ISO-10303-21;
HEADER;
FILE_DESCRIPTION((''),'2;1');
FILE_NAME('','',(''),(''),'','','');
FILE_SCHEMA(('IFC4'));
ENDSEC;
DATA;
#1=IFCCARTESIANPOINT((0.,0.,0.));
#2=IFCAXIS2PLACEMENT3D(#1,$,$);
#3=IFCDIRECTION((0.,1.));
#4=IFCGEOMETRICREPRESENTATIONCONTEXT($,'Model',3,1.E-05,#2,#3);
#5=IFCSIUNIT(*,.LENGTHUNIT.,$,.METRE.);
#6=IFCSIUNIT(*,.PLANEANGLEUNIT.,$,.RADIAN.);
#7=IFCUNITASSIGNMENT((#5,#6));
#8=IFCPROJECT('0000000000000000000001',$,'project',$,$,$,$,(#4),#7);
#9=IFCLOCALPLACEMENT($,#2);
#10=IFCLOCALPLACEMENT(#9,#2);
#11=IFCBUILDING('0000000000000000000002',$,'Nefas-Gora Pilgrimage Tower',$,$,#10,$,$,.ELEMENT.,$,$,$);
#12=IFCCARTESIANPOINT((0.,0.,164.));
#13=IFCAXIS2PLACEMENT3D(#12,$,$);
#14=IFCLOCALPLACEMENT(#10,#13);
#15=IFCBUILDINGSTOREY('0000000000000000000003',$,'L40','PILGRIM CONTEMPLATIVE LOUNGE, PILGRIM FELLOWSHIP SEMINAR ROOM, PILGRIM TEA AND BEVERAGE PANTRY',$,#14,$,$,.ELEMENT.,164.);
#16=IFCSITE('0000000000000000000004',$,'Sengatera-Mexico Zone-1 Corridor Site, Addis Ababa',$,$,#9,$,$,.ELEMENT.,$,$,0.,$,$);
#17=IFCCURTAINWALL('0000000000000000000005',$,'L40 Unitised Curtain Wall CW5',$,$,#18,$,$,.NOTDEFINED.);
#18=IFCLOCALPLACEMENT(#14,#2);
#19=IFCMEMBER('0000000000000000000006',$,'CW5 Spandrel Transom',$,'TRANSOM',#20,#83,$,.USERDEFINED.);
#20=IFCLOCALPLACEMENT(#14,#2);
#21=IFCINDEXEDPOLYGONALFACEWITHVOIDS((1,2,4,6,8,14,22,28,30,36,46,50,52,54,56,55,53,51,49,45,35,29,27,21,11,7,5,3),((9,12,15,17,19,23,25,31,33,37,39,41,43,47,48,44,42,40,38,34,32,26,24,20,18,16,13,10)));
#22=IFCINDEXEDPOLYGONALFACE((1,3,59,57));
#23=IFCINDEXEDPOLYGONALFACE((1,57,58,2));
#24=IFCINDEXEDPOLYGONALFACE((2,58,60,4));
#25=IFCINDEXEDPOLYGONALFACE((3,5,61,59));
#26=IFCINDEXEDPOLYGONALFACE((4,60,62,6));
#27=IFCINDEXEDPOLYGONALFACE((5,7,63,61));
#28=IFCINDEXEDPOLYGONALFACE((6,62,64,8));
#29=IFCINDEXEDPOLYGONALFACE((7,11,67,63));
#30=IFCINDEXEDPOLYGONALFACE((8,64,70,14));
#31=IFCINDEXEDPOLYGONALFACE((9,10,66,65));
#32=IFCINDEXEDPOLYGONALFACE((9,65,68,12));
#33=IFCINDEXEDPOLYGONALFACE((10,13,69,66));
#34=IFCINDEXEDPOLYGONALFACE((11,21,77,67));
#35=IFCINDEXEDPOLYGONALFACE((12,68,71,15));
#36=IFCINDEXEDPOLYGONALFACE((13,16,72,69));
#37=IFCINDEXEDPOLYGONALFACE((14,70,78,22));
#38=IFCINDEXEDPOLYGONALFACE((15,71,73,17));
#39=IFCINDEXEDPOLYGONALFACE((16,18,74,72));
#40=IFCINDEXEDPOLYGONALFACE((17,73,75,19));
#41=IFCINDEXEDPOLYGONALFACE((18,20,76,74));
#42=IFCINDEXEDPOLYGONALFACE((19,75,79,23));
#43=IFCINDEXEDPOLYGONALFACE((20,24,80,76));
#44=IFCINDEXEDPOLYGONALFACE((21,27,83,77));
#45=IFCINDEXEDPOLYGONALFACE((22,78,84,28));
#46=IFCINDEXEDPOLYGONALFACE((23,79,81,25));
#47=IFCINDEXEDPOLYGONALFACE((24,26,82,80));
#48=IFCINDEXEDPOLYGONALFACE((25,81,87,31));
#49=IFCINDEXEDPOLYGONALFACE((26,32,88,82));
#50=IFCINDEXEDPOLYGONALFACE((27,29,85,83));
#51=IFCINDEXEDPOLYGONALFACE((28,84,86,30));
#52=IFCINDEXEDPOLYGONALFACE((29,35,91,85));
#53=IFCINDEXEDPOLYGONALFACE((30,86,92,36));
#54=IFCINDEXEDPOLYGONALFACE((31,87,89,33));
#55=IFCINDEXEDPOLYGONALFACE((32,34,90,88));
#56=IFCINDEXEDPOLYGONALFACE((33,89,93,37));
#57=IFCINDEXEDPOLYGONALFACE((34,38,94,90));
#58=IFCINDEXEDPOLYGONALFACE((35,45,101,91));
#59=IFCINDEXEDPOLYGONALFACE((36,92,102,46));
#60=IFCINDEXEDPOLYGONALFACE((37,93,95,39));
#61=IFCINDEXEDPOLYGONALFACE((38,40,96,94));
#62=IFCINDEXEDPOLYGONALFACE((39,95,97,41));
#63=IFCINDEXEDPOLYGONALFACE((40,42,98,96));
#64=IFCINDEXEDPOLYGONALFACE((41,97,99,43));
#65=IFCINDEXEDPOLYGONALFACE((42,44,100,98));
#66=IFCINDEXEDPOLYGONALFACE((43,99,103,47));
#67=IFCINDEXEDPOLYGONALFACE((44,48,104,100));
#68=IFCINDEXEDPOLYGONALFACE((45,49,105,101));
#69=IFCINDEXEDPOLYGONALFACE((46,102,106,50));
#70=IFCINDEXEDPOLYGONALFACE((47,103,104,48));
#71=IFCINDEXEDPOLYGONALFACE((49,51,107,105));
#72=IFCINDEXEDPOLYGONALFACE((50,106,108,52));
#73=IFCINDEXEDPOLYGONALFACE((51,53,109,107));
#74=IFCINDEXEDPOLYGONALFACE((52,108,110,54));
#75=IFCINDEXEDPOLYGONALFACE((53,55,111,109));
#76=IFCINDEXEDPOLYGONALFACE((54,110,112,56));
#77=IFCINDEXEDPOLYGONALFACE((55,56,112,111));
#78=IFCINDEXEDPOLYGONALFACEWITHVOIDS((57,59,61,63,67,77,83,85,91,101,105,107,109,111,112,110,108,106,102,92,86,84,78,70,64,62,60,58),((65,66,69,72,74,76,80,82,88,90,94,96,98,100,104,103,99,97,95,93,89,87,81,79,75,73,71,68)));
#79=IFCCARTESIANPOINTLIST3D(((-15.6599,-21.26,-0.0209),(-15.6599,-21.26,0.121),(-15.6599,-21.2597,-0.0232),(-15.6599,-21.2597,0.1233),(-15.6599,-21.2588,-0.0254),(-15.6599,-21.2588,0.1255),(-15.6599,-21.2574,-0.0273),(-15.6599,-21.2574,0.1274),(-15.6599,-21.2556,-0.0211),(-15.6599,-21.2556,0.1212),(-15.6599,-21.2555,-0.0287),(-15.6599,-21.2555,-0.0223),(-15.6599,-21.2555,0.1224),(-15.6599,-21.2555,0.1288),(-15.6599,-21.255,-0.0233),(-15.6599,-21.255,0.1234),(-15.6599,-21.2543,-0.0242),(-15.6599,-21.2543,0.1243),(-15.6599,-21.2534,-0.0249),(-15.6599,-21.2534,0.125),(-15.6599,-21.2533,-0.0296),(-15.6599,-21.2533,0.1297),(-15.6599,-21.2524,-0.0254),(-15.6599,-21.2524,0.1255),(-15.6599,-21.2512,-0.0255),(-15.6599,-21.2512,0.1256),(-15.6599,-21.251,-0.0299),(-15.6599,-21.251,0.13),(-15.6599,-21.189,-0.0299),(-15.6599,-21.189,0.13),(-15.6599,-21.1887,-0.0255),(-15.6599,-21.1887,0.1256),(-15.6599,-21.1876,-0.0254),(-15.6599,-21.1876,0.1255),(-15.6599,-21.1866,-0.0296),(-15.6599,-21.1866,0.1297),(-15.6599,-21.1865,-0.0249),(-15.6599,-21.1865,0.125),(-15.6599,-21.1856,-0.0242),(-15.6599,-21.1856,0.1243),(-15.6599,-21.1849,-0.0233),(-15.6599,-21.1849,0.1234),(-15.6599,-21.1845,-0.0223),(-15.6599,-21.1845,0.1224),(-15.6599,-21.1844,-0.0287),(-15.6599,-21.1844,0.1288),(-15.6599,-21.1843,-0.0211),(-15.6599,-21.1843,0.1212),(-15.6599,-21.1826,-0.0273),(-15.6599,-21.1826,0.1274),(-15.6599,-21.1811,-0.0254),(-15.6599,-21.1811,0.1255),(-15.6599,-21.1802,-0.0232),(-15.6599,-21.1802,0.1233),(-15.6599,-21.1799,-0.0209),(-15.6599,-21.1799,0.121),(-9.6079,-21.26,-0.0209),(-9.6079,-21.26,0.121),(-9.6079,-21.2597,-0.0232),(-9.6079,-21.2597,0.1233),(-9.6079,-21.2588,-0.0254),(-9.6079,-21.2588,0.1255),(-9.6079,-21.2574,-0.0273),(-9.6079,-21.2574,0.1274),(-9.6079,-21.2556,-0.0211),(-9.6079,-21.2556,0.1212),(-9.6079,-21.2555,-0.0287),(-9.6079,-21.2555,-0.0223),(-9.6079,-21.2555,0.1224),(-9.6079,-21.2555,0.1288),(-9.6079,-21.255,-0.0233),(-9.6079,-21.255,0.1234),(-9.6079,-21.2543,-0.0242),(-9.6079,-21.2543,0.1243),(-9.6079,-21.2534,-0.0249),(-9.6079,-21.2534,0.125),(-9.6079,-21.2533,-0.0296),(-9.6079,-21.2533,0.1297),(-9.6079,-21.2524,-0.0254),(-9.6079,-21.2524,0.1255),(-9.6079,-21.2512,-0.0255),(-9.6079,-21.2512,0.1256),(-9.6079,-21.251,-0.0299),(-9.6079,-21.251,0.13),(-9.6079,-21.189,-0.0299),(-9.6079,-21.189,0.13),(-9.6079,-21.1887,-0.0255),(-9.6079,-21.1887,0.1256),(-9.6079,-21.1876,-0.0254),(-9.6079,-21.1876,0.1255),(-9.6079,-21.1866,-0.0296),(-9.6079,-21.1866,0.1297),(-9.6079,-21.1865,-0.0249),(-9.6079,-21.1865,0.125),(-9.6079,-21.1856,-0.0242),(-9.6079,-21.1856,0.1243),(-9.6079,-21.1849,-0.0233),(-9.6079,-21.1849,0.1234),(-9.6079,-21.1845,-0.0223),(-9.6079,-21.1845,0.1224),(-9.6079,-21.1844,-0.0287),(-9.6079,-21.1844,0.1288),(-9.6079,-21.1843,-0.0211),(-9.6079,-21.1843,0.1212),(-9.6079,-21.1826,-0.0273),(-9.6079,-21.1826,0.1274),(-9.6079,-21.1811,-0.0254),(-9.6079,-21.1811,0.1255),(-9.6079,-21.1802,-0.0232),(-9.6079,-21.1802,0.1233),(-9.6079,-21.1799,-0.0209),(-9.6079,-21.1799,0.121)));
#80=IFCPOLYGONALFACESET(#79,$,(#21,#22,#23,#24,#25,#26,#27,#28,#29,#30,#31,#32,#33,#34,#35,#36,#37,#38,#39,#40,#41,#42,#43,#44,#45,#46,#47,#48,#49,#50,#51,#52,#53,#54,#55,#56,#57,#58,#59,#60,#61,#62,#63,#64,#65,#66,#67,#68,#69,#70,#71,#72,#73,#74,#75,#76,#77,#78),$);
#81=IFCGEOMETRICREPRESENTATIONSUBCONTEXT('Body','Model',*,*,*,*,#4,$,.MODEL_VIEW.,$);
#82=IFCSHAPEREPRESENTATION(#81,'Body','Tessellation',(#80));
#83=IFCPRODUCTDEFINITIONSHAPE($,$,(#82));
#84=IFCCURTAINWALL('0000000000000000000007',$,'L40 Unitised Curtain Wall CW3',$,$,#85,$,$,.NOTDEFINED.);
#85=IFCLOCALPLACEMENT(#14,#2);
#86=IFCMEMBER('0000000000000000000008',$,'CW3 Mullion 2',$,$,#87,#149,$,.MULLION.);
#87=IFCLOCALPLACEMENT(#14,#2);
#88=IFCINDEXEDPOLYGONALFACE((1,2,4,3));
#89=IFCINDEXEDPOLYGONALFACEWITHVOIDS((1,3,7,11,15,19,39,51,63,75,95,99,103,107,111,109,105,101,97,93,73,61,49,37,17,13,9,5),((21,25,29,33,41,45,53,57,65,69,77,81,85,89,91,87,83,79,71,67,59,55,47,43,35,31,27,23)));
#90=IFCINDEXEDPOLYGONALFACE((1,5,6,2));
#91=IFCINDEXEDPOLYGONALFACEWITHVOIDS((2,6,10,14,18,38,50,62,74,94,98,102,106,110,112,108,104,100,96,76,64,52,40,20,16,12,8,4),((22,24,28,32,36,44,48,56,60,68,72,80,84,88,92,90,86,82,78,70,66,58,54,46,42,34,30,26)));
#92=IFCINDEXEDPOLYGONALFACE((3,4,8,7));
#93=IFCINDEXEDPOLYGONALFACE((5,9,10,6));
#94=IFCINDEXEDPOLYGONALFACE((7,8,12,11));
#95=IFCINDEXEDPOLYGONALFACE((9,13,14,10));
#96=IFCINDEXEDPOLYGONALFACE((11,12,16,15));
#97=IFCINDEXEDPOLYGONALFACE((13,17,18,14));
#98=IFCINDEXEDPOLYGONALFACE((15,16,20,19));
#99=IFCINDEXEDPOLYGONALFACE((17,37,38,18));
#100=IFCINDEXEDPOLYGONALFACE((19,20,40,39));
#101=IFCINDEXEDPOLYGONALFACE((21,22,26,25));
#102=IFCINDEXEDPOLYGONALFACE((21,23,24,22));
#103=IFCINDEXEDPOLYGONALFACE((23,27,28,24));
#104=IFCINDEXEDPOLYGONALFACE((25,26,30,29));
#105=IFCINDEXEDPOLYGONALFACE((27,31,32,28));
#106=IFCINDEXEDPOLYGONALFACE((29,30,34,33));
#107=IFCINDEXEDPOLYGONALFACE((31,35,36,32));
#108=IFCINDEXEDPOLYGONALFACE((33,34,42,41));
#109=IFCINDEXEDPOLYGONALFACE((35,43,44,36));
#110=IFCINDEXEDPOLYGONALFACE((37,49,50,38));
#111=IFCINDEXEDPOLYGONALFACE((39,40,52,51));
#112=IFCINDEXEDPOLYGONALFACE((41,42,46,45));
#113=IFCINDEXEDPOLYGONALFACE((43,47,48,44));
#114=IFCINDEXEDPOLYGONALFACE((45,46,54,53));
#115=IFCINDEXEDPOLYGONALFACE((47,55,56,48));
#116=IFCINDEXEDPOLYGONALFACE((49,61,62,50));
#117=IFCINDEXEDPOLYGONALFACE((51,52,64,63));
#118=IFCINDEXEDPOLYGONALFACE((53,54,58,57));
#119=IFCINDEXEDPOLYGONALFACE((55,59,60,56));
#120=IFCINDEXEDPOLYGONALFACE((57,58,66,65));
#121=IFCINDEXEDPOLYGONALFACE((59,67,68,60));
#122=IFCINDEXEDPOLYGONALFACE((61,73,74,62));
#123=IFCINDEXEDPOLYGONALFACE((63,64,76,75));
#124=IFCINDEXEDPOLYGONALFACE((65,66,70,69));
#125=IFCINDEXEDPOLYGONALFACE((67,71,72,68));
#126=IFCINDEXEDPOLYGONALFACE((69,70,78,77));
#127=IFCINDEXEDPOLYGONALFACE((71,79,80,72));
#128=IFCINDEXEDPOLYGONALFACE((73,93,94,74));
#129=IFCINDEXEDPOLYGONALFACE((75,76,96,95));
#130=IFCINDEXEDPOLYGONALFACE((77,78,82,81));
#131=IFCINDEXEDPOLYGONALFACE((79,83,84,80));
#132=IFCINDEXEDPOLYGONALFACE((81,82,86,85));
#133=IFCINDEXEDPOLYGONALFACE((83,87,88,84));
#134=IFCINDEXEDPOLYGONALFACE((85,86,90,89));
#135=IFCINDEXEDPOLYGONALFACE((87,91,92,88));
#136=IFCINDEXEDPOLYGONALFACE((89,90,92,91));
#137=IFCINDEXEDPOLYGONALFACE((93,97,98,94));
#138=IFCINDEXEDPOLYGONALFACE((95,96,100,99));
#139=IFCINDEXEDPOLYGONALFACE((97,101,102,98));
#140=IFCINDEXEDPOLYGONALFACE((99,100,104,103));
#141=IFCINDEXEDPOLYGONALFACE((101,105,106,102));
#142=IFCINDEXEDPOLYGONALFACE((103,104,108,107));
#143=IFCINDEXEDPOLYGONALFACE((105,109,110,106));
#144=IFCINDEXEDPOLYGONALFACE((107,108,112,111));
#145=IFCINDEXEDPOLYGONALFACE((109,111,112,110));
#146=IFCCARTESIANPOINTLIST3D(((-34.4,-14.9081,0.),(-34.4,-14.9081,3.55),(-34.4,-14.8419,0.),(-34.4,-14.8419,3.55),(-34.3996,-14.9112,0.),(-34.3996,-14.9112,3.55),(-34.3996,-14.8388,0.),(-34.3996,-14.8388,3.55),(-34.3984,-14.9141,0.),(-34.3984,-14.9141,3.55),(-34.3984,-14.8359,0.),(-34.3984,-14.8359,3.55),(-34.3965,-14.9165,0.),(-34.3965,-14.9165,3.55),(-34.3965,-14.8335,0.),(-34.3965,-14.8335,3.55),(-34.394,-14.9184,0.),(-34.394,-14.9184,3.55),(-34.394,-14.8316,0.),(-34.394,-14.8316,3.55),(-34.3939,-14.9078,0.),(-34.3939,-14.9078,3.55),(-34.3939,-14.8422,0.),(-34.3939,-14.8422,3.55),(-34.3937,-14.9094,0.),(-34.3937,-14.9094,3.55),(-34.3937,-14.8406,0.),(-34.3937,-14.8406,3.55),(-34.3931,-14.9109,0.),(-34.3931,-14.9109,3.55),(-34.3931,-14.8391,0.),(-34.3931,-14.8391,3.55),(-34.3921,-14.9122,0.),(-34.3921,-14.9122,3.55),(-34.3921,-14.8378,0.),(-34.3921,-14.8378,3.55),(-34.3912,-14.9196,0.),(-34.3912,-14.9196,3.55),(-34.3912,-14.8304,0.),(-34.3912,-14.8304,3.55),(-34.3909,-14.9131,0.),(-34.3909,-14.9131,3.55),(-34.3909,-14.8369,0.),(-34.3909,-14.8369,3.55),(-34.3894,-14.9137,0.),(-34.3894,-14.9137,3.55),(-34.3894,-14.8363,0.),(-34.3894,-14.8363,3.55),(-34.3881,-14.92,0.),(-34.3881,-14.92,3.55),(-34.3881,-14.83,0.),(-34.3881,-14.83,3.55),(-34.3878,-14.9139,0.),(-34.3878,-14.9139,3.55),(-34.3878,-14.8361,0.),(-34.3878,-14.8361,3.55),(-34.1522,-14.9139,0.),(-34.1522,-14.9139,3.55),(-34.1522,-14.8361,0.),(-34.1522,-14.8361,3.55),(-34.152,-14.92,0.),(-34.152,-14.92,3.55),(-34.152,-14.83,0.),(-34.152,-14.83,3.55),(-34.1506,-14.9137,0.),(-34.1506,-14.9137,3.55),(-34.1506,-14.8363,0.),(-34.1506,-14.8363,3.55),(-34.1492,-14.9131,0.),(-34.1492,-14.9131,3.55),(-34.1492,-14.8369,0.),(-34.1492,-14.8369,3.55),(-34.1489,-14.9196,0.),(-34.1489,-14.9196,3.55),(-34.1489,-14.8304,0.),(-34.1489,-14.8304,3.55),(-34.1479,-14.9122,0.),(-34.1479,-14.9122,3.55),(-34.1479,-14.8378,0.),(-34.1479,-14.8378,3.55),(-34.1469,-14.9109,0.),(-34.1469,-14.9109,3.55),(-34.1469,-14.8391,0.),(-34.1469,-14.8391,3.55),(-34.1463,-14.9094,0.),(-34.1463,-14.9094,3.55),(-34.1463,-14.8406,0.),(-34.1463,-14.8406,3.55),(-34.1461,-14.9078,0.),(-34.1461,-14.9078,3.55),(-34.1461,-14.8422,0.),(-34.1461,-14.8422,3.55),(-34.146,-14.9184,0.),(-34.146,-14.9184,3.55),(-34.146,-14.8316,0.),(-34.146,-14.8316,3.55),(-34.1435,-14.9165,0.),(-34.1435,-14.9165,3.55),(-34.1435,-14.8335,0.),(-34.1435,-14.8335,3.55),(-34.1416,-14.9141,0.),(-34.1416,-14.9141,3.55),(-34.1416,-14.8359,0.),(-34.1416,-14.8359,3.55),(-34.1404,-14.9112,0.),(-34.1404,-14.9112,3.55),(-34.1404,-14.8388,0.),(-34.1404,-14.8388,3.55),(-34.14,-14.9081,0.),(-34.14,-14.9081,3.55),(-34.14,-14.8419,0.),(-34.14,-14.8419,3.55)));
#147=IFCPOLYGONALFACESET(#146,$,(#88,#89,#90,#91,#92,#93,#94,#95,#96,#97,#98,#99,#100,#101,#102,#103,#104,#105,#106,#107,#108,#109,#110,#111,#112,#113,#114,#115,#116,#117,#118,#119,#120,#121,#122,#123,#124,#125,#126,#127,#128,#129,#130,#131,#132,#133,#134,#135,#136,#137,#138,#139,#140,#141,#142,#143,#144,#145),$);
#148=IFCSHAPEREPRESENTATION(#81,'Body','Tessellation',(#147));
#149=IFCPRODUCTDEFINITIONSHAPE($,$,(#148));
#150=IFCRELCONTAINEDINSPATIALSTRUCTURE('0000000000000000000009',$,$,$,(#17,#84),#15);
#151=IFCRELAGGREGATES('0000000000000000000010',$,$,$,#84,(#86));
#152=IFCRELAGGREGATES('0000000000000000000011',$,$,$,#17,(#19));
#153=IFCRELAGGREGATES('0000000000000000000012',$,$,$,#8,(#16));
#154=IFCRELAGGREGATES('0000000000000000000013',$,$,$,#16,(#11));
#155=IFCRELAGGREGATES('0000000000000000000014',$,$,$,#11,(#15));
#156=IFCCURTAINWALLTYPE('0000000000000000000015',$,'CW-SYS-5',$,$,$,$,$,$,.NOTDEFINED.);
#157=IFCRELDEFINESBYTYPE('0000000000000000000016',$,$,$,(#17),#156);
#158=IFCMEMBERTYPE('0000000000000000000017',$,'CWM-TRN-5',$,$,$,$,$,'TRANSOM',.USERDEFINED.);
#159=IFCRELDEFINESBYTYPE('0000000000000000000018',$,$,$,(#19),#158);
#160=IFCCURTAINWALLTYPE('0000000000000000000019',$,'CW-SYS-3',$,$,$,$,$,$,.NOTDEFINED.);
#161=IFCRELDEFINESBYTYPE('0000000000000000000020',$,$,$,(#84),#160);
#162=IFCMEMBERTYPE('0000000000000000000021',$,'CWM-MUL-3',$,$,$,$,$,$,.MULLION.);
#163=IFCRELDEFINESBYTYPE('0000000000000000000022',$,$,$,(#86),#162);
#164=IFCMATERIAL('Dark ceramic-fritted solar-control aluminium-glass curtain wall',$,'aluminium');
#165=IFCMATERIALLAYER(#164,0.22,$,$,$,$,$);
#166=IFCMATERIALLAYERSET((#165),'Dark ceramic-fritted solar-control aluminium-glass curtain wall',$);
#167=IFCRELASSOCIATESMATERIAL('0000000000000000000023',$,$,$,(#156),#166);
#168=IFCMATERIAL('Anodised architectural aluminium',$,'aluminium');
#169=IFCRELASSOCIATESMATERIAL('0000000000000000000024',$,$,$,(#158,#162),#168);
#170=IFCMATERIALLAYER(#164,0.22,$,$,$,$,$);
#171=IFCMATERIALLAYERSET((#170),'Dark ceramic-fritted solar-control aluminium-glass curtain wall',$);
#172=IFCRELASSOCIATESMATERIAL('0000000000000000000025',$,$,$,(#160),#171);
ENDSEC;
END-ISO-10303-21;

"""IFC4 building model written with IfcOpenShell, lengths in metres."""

from ifc_helpers import new_model, si_unit, direction, frame, origin, origin_2d, place, context, subcontext, project, spatial, hollow_rectangle, extrude, source, transform, mapped, material, layer, layer_set, material_profile, profile_set, type_object, element, aggregate, save


model = new_model("IFC4")

# Units and contexts
model_context = context("Model", 3, precision=1e-05, world=origin(), true_north=direction((0.0, 1.0)))
body_context = subcontext(model_context, "Body", "Model", "MODEL_VIEW")
ifc_project = project(units=[si_unit("LENGTHUNIT", "METRE"), si_unit("PLANEANGLEUNIT", "RADIAN")], contexts=[model_context])

# Site, building, storey
site_placement = place(None, origin())
site = spatial("IfcSite", under=ifc_project, at=site_placement, Name="Sengatera-Mexico Zone-1 Corridor Site, Addis Ababa", CompositionType="ELEMENT", RefElevation=0.0)
building_placement = place(site_placement, origin())
building = spatial("IfcBuilding", under=site, at=building_placement, Name="Nefas-Gora Pilgrimage Tower", CompositionType="ELEMENT")
storey_placement = place(building_placement, frame((0.0, 0.0, 164.0)))
storey = spatial("IfcBuildingStorey", under=building, at=storey_placement, Name="L40", Description="PILGRIM CONTEMPLATIVE LOUNGE, PILGRIM FELLOWSHIP SEMINAR ROOM, PILGRIM TEA AND BEVERAGE PANTRY", CompositionType="ELEMENT", Elevation=164.0)

# Curtain wall, member
ifc_material_1 = material(Name="Dark ceramic-fritted solar-control aluminium-glass curtain wall", Category="aluminium")
ifc_layer_1 = layer(ifc_material_1, 0.22)
ifc_layer_set_1 = layer_set([ifc_layer_1], Name="Dark ceramic-fritted solar-control aluminium-glass curtain wall")
curtain_wall_type_1 = type_object("IfcCurtainWallType", Name="CW-SYS-5", PredefinedType="NOTDEFINED", material=ifc_layer_set_1)
curtain_wall_1_placement = place(storey_placement, origin())
curtain_wall_1 = element("IfcCurtainWall", 1, at=curtain_wall_1_placement, inside=storey, type_object=curtain_wall_type_1, Name="L40 Unitised Curtain Wall CW5", PredefinedType="NOTDEFINED")
ifc_material_2 = material(Name="Anodised architectural aluminium", Category="aluminium")
ifc_material_profile_1 = material_profile(ifc_material_2, hollow_rectangle(XDim=0.0801, YDim=0.1599, WallThickness=0.0044, InnerFilletRadius=0.0044, OuterFilletRadius=0.009, at=origin_2d()), Name="ALU TRANSOM 80x160")
ifc_profile_set_1 = profile_set([ifc_material_profile_1], Name="Anodised architectural aluminium")
member_type_1 = type_object("IfcMemberType", Name="CWM-TRN-5", ElementType="TRANSOM", PredefinedType="USERDEFINED", material=ifc_profile_set_1)
shared_shape_1 = source(origin(), body_context, "Body", "SweptSolid", [
    extrude(hollow_rectangle(XDim=0.0801, YDim=0.1599, WallThickness=0.0044, InnerFilletRadius=0.0044, OuterFilletRadius=0.009, at=origin_2d()), origin(), (0.0, 0.0, 1.0), 6.052),
])
member_1_placement = place(storey_placement, frame((-15.6599, -21.22, 0.05), z_axis=(1.0, 0.0, 0.0), x_axis=(0.0, 1.0, 0.0)))
member_1 = element("IfcMember", 2, at=member_1_placement, type_object=member_type_1, Name="CW5 Spandrel Transom", ObjectType="TRANSOM", PredefinedType="USERDEFINED", context=body_context, shape_type="MappedRepresentation", body=[
    mapped(shared_shape_1, transform((0.0, 0.0, 0.0), x_axis=(1.0, 0.0, 0.0), y_axis=(0.0, 1.0, 0.0), z_axis=(0.0, 0.0, 1.0), scale=1.0)),
])

# Curtain wall, member
ifc_layer_2 = layer(ifc_material_1, 0.22)
ifc_layer_set_2 = layer_set([ifc_layer_2], Name="Dark ceramic-fritted solar-control aluminium-glass curtain wall")
curtain_wall_type_2 = type_object("IfcCurtainWallType", Name="CW-SYS-3", PredefinedType="NOTDEFINED", material=ifc_layer_set_2)
curtain_wall_2_placement = place(storey_placement, origin())
curtain_wall_2 = element("IfcCurtainWall", 3, at=curtain_wall_2_placement, inside=storey, type_object=curtain_wall_type_2, Name="L40 Unitised Curtain Wall CW3", PredefinedType="NOTDEFINED")
ifc_material_profile_2 = material_profile(ifc_material_2, hollow_rectangle(XDim=0.0901, YDim=0.26, WallThickness=0.0061, InnerFilletRadius=0.0061, OuterFilletRadius=0.012, at=origin_2d()), Name="ALU MULLION 90x260")
ifc_profile_set_2 = profile_set([ifc_material_profile_2], Name="Anodised architectural aluminium")
member_type_2 = type_object("IfcMemberType", Name="CWM-MUL-3", PredefinedType="MULLION", material=ifc_profile_set_2)
shared_shape_2 = source(origin(), body_context, "Body", "SweptSolid", [
    extrude(hollow_rectangle(XDim=0.0901, YDim=0.26, WallThickness=0.0061, InnerFilletRadius=0.0061, OuterFilletRadius=0.012, at=origin_2d()), origin(), (0.0, 0.0, 1.0), 3.55),
])
member_2_placement = place(storey_placement, frame((-34.27, -14.875, 0.0), z_axis=(0.0, 0.0, 1.0), x_axis=(0.0, -1.0, 0.0)))
member_2 = element("IfcMember", 4, at=member_2_placement, type_object=member_type_2, Name="CW3 Mullion 2", PredefinedType="MULLION", context=body_context, shape_type="MappedRepresentation", body=[
    mapped(shared_shape_2, transform((0.0, 0.0, 0.0), x_axis=(1.0, 0.0, 0.0), y_axis=(0.0, 1.0, 0.0), z_axis=(0.0, 0.0, 1.0), scale=1.0)),
])
aggregate(curtain_wall_2, [member_2])

aggregate(curtain_wall_1, [member_1])

save(model, "model.ifc")
